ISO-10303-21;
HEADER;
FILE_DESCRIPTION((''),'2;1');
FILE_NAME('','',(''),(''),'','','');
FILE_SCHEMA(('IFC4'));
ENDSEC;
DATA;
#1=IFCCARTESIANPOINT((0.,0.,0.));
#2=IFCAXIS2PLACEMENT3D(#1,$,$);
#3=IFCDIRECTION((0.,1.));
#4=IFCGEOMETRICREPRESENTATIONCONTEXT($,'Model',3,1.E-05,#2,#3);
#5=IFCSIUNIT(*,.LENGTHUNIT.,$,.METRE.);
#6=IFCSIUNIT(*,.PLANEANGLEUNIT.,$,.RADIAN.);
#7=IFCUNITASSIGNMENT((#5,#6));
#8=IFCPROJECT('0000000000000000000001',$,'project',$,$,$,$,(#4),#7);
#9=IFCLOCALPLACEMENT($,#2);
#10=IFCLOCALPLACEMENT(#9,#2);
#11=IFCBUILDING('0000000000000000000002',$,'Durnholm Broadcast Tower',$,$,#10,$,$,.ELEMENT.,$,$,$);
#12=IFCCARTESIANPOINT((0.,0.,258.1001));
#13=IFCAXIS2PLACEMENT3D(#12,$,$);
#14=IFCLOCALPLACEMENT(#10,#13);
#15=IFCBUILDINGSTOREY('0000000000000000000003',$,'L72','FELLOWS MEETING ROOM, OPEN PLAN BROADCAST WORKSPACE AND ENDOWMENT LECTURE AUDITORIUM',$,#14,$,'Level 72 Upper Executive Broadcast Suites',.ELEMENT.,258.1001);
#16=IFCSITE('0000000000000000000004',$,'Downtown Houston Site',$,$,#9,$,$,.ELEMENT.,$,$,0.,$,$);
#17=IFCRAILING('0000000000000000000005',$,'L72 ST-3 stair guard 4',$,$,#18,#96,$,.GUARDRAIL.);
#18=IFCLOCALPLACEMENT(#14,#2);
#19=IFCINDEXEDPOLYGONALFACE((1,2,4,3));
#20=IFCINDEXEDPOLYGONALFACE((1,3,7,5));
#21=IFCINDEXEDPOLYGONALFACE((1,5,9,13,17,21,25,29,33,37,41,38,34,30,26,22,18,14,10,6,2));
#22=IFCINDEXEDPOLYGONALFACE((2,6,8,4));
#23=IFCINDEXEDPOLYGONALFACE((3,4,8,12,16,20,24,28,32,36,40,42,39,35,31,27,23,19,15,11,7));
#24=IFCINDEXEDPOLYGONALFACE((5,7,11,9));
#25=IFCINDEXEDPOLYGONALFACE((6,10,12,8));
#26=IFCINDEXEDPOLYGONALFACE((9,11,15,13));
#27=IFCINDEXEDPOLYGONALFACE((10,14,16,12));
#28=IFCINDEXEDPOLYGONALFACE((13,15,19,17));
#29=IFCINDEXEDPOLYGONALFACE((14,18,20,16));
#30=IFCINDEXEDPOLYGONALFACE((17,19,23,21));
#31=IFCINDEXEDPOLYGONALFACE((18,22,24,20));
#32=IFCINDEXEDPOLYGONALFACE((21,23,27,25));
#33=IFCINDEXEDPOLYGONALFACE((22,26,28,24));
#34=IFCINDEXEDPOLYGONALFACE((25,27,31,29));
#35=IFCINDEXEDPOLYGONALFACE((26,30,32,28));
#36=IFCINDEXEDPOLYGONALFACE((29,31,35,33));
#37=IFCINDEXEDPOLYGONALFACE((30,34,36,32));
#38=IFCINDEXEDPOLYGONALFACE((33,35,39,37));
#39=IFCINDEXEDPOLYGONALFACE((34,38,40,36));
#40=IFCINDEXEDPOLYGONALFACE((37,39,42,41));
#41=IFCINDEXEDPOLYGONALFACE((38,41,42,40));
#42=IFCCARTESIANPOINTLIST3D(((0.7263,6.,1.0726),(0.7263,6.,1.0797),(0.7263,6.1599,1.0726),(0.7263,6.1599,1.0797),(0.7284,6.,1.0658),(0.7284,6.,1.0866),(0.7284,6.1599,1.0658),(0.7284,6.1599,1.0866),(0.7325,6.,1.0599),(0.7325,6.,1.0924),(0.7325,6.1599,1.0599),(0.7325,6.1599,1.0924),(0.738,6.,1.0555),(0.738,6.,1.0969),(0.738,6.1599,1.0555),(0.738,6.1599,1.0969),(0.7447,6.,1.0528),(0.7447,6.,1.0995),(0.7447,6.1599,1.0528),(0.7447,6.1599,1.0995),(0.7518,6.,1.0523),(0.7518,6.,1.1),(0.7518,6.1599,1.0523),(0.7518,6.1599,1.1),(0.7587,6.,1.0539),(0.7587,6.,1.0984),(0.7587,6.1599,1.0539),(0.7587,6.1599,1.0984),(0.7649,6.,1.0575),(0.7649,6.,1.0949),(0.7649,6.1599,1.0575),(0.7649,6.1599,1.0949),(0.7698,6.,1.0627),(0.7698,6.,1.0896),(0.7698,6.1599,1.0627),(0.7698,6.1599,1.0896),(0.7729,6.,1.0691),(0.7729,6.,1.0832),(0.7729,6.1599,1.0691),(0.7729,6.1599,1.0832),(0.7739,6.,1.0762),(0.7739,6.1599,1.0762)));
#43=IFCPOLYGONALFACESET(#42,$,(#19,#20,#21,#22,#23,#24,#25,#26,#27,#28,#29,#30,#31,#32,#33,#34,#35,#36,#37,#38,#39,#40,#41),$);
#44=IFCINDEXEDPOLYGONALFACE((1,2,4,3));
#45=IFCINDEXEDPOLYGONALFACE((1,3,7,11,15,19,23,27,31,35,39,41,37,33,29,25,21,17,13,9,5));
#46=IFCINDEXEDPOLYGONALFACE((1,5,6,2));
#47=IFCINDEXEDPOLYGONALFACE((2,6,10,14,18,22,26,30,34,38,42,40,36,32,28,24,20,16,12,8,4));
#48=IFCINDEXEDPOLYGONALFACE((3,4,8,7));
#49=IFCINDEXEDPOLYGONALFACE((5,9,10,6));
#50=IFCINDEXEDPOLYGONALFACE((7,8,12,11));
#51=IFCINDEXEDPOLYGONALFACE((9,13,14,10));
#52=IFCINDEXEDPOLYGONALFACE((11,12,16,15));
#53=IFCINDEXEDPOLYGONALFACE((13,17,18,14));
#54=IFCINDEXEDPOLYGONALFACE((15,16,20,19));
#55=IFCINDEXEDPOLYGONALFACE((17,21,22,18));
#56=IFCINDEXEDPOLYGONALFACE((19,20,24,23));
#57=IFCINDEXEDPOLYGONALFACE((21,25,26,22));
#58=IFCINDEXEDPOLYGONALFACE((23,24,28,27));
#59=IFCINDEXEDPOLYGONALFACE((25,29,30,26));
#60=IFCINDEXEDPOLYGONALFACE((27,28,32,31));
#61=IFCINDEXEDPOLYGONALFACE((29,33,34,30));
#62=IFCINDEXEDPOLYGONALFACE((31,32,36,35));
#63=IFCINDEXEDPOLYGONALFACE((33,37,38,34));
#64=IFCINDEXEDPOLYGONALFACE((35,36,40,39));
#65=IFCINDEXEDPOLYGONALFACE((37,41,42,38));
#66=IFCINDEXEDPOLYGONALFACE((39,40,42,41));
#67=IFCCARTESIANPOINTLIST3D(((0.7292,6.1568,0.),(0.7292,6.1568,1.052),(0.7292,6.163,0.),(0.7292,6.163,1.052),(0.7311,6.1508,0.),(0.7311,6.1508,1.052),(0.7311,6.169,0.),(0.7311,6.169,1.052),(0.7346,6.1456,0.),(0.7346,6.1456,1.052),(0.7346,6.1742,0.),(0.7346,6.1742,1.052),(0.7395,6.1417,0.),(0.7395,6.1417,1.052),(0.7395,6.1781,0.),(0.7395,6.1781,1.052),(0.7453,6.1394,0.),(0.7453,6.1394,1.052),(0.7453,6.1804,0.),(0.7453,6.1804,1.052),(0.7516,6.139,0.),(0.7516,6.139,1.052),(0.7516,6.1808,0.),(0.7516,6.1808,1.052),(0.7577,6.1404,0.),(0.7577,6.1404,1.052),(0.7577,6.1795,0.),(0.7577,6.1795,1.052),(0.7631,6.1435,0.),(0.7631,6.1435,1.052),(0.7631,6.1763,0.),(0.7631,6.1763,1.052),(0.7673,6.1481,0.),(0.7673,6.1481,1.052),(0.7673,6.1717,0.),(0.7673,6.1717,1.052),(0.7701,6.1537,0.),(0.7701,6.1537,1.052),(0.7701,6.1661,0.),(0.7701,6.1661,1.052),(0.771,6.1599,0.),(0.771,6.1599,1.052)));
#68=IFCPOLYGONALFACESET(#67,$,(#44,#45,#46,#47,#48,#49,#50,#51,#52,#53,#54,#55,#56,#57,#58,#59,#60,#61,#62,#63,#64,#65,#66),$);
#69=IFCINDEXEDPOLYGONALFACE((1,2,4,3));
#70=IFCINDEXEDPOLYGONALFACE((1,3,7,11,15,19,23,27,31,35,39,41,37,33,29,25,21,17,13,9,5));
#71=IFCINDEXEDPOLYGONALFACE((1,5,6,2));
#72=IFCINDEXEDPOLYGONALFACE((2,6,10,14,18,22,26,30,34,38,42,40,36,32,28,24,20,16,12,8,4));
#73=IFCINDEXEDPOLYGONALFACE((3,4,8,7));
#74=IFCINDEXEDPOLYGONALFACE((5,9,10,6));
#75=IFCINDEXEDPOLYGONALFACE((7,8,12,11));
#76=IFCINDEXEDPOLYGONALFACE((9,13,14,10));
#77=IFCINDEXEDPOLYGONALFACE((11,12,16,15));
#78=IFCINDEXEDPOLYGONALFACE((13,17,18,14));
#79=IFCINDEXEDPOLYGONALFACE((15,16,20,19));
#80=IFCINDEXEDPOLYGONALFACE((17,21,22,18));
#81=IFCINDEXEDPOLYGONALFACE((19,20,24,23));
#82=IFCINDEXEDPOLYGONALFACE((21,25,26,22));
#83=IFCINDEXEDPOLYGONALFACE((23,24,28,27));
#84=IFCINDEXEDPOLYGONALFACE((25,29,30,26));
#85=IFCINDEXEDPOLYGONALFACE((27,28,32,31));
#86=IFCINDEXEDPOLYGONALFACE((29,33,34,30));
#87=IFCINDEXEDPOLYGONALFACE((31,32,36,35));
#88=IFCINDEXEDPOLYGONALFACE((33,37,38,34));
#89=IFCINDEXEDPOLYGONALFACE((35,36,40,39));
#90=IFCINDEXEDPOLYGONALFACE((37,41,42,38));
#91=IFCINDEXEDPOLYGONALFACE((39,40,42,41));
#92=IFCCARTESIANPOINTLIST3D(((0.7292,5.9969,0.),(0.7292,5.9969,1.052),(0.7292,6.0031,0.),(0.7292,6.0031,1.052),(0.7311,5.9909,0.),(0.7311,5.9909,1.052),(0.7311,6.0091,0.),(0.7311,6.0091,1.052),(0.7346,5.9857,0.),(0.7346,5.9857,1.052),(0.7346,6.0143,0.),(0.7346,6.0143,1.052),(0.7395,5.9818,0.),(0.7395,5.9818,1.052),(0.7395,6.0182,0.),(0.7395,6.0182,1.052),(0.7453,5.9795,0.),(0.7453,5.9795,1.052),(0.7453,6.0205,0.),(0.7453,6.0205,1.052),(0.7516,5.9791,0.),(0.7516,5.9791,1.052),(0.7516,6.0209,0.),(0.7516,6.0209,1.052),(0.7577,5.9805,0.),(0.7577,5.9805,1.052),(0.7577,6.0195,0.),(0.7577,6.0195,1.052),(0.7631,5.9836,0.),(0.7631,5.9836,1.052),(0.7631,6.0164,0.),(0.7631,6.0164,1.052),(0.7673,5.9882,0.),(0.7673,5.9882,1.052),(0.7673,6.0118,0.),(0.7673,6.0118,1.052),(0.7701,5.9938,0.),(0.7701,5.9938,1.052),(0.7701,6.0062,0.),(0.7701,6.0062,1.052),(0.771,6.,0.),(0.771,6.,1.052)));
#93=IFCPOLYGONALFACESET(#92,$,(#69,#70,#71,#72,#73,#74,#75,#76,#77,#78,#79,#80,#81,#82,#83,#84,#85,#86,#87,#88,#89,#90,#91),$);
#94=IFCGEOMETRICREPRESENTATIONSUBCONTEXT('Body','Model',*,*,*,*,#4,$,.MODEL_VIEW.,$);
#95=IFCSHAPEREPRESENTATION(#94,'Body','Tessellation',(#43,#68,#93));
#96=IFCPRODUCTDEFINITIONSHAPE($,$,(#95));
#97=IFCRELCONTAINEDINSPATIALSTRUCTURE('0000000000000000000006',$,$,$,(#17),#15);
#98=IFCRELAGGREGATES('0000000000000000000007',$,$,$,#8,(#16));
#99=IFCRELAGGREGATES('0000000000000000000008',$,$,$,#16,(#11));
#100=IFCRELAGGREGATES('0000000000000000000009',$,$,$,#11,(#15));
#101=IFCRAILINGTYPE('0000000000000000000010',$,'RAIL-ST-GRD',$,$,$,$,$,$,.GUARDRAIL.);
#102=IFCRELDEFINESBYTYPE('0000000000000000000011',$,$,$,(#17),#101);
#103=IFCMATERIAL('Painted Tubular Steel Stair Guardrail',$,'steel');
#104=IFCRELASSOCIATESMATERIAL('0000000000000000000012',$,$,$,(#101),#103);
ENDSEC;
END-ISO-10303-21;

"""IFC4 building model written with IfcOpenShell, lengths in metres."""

from ifc_helpers import new_model, si_unit, direction, frame, origin, origin_2d, place, context, subcontext, project, spatial, circle, extrude, material, type_object, element, save


model = new_model("IFC4")

# Units and contexts
model_context = context("Model", 3, precision=1e-05, world=origin(), true_north=direction((0.0, 1.0)))
body_context = subcontext(model_context, "Body", "Model", "MODEL_VIEW")
ifc_project = project(units=[si_unit("LENGTHUNIT", "METRE"), si_unit("PLANEANGLEUNIT", "RADIAN")], contexts=[model_context])

# Site, building, storey
site_placement = place(None, origin())
site = spatial("IfcSite", under=ifc_project, at=site_placement, Name="Downtown Houston Site", CompositionType="ELEMENT", RefElevation=0.0)
building_placement = place(site_placement, origin())
building = spatial("IfcBuilding", under=site, at=building_placement, Name="Durnholm Broadcast Tower", CompositionType="ELEMENT")
storey_placement = place(building_placement, frame((0.0, 0.0, 258.1001)))
storey = spatial("IfcBuildingStorey", under=building, at=storey_placement, Name="L72", Description="FELLOWS MEETING ROOM, OPEN PLAN BROADCAST WORKSPACE AND ENDOWMENT LECTURE AUDITORIUM", LongName="Level 72 Upper Executive Broadcast Suites", CompositionType="ELEMENT", Elevation=258.1001)

# Railing
ifc_material_1 = material(Name="Painted Tubular Steel Stair Guardrail", Category="steel")
railing_type = type_object("IfcRailingType", Name="RAIL-ST-GRD", PredefinedType="GUARDRAIL", material=ifc_material_1)
railing_1_placement = place(storey_placement, frame((0.75, 6.1599, 0.0)))
element("IfcRailing", 1, at=railing_1_placement, inside=storey, type_object=railing_type, Name="L72 ST-3 stair guard 4", PredefinedType="GUARDRAIL", context=body_context, shape_type="SweptSolid", body=[
    extrude(circle(Radius=0.0239, at=origin_2d()), frame((0.0, 0.0, 1.0762), z_axis=(0.0, -1.0, 0.0), x_axis=(1.0, 0.0, 0.0)), (0.0, 0.0, 1.0), 0.1599),
    extrude(circle(Radius=0.021, at=origin_2d()), origin(), (0.0, 0.0, 1.0), 1.052),
    extrude(circle(Radius=0.021, at=origin_2d()), frame((0.0, -0.1599, 0.0)), (0.0, 0.0, 1.0), 1.052),
])

save(model, "model.ifc")
